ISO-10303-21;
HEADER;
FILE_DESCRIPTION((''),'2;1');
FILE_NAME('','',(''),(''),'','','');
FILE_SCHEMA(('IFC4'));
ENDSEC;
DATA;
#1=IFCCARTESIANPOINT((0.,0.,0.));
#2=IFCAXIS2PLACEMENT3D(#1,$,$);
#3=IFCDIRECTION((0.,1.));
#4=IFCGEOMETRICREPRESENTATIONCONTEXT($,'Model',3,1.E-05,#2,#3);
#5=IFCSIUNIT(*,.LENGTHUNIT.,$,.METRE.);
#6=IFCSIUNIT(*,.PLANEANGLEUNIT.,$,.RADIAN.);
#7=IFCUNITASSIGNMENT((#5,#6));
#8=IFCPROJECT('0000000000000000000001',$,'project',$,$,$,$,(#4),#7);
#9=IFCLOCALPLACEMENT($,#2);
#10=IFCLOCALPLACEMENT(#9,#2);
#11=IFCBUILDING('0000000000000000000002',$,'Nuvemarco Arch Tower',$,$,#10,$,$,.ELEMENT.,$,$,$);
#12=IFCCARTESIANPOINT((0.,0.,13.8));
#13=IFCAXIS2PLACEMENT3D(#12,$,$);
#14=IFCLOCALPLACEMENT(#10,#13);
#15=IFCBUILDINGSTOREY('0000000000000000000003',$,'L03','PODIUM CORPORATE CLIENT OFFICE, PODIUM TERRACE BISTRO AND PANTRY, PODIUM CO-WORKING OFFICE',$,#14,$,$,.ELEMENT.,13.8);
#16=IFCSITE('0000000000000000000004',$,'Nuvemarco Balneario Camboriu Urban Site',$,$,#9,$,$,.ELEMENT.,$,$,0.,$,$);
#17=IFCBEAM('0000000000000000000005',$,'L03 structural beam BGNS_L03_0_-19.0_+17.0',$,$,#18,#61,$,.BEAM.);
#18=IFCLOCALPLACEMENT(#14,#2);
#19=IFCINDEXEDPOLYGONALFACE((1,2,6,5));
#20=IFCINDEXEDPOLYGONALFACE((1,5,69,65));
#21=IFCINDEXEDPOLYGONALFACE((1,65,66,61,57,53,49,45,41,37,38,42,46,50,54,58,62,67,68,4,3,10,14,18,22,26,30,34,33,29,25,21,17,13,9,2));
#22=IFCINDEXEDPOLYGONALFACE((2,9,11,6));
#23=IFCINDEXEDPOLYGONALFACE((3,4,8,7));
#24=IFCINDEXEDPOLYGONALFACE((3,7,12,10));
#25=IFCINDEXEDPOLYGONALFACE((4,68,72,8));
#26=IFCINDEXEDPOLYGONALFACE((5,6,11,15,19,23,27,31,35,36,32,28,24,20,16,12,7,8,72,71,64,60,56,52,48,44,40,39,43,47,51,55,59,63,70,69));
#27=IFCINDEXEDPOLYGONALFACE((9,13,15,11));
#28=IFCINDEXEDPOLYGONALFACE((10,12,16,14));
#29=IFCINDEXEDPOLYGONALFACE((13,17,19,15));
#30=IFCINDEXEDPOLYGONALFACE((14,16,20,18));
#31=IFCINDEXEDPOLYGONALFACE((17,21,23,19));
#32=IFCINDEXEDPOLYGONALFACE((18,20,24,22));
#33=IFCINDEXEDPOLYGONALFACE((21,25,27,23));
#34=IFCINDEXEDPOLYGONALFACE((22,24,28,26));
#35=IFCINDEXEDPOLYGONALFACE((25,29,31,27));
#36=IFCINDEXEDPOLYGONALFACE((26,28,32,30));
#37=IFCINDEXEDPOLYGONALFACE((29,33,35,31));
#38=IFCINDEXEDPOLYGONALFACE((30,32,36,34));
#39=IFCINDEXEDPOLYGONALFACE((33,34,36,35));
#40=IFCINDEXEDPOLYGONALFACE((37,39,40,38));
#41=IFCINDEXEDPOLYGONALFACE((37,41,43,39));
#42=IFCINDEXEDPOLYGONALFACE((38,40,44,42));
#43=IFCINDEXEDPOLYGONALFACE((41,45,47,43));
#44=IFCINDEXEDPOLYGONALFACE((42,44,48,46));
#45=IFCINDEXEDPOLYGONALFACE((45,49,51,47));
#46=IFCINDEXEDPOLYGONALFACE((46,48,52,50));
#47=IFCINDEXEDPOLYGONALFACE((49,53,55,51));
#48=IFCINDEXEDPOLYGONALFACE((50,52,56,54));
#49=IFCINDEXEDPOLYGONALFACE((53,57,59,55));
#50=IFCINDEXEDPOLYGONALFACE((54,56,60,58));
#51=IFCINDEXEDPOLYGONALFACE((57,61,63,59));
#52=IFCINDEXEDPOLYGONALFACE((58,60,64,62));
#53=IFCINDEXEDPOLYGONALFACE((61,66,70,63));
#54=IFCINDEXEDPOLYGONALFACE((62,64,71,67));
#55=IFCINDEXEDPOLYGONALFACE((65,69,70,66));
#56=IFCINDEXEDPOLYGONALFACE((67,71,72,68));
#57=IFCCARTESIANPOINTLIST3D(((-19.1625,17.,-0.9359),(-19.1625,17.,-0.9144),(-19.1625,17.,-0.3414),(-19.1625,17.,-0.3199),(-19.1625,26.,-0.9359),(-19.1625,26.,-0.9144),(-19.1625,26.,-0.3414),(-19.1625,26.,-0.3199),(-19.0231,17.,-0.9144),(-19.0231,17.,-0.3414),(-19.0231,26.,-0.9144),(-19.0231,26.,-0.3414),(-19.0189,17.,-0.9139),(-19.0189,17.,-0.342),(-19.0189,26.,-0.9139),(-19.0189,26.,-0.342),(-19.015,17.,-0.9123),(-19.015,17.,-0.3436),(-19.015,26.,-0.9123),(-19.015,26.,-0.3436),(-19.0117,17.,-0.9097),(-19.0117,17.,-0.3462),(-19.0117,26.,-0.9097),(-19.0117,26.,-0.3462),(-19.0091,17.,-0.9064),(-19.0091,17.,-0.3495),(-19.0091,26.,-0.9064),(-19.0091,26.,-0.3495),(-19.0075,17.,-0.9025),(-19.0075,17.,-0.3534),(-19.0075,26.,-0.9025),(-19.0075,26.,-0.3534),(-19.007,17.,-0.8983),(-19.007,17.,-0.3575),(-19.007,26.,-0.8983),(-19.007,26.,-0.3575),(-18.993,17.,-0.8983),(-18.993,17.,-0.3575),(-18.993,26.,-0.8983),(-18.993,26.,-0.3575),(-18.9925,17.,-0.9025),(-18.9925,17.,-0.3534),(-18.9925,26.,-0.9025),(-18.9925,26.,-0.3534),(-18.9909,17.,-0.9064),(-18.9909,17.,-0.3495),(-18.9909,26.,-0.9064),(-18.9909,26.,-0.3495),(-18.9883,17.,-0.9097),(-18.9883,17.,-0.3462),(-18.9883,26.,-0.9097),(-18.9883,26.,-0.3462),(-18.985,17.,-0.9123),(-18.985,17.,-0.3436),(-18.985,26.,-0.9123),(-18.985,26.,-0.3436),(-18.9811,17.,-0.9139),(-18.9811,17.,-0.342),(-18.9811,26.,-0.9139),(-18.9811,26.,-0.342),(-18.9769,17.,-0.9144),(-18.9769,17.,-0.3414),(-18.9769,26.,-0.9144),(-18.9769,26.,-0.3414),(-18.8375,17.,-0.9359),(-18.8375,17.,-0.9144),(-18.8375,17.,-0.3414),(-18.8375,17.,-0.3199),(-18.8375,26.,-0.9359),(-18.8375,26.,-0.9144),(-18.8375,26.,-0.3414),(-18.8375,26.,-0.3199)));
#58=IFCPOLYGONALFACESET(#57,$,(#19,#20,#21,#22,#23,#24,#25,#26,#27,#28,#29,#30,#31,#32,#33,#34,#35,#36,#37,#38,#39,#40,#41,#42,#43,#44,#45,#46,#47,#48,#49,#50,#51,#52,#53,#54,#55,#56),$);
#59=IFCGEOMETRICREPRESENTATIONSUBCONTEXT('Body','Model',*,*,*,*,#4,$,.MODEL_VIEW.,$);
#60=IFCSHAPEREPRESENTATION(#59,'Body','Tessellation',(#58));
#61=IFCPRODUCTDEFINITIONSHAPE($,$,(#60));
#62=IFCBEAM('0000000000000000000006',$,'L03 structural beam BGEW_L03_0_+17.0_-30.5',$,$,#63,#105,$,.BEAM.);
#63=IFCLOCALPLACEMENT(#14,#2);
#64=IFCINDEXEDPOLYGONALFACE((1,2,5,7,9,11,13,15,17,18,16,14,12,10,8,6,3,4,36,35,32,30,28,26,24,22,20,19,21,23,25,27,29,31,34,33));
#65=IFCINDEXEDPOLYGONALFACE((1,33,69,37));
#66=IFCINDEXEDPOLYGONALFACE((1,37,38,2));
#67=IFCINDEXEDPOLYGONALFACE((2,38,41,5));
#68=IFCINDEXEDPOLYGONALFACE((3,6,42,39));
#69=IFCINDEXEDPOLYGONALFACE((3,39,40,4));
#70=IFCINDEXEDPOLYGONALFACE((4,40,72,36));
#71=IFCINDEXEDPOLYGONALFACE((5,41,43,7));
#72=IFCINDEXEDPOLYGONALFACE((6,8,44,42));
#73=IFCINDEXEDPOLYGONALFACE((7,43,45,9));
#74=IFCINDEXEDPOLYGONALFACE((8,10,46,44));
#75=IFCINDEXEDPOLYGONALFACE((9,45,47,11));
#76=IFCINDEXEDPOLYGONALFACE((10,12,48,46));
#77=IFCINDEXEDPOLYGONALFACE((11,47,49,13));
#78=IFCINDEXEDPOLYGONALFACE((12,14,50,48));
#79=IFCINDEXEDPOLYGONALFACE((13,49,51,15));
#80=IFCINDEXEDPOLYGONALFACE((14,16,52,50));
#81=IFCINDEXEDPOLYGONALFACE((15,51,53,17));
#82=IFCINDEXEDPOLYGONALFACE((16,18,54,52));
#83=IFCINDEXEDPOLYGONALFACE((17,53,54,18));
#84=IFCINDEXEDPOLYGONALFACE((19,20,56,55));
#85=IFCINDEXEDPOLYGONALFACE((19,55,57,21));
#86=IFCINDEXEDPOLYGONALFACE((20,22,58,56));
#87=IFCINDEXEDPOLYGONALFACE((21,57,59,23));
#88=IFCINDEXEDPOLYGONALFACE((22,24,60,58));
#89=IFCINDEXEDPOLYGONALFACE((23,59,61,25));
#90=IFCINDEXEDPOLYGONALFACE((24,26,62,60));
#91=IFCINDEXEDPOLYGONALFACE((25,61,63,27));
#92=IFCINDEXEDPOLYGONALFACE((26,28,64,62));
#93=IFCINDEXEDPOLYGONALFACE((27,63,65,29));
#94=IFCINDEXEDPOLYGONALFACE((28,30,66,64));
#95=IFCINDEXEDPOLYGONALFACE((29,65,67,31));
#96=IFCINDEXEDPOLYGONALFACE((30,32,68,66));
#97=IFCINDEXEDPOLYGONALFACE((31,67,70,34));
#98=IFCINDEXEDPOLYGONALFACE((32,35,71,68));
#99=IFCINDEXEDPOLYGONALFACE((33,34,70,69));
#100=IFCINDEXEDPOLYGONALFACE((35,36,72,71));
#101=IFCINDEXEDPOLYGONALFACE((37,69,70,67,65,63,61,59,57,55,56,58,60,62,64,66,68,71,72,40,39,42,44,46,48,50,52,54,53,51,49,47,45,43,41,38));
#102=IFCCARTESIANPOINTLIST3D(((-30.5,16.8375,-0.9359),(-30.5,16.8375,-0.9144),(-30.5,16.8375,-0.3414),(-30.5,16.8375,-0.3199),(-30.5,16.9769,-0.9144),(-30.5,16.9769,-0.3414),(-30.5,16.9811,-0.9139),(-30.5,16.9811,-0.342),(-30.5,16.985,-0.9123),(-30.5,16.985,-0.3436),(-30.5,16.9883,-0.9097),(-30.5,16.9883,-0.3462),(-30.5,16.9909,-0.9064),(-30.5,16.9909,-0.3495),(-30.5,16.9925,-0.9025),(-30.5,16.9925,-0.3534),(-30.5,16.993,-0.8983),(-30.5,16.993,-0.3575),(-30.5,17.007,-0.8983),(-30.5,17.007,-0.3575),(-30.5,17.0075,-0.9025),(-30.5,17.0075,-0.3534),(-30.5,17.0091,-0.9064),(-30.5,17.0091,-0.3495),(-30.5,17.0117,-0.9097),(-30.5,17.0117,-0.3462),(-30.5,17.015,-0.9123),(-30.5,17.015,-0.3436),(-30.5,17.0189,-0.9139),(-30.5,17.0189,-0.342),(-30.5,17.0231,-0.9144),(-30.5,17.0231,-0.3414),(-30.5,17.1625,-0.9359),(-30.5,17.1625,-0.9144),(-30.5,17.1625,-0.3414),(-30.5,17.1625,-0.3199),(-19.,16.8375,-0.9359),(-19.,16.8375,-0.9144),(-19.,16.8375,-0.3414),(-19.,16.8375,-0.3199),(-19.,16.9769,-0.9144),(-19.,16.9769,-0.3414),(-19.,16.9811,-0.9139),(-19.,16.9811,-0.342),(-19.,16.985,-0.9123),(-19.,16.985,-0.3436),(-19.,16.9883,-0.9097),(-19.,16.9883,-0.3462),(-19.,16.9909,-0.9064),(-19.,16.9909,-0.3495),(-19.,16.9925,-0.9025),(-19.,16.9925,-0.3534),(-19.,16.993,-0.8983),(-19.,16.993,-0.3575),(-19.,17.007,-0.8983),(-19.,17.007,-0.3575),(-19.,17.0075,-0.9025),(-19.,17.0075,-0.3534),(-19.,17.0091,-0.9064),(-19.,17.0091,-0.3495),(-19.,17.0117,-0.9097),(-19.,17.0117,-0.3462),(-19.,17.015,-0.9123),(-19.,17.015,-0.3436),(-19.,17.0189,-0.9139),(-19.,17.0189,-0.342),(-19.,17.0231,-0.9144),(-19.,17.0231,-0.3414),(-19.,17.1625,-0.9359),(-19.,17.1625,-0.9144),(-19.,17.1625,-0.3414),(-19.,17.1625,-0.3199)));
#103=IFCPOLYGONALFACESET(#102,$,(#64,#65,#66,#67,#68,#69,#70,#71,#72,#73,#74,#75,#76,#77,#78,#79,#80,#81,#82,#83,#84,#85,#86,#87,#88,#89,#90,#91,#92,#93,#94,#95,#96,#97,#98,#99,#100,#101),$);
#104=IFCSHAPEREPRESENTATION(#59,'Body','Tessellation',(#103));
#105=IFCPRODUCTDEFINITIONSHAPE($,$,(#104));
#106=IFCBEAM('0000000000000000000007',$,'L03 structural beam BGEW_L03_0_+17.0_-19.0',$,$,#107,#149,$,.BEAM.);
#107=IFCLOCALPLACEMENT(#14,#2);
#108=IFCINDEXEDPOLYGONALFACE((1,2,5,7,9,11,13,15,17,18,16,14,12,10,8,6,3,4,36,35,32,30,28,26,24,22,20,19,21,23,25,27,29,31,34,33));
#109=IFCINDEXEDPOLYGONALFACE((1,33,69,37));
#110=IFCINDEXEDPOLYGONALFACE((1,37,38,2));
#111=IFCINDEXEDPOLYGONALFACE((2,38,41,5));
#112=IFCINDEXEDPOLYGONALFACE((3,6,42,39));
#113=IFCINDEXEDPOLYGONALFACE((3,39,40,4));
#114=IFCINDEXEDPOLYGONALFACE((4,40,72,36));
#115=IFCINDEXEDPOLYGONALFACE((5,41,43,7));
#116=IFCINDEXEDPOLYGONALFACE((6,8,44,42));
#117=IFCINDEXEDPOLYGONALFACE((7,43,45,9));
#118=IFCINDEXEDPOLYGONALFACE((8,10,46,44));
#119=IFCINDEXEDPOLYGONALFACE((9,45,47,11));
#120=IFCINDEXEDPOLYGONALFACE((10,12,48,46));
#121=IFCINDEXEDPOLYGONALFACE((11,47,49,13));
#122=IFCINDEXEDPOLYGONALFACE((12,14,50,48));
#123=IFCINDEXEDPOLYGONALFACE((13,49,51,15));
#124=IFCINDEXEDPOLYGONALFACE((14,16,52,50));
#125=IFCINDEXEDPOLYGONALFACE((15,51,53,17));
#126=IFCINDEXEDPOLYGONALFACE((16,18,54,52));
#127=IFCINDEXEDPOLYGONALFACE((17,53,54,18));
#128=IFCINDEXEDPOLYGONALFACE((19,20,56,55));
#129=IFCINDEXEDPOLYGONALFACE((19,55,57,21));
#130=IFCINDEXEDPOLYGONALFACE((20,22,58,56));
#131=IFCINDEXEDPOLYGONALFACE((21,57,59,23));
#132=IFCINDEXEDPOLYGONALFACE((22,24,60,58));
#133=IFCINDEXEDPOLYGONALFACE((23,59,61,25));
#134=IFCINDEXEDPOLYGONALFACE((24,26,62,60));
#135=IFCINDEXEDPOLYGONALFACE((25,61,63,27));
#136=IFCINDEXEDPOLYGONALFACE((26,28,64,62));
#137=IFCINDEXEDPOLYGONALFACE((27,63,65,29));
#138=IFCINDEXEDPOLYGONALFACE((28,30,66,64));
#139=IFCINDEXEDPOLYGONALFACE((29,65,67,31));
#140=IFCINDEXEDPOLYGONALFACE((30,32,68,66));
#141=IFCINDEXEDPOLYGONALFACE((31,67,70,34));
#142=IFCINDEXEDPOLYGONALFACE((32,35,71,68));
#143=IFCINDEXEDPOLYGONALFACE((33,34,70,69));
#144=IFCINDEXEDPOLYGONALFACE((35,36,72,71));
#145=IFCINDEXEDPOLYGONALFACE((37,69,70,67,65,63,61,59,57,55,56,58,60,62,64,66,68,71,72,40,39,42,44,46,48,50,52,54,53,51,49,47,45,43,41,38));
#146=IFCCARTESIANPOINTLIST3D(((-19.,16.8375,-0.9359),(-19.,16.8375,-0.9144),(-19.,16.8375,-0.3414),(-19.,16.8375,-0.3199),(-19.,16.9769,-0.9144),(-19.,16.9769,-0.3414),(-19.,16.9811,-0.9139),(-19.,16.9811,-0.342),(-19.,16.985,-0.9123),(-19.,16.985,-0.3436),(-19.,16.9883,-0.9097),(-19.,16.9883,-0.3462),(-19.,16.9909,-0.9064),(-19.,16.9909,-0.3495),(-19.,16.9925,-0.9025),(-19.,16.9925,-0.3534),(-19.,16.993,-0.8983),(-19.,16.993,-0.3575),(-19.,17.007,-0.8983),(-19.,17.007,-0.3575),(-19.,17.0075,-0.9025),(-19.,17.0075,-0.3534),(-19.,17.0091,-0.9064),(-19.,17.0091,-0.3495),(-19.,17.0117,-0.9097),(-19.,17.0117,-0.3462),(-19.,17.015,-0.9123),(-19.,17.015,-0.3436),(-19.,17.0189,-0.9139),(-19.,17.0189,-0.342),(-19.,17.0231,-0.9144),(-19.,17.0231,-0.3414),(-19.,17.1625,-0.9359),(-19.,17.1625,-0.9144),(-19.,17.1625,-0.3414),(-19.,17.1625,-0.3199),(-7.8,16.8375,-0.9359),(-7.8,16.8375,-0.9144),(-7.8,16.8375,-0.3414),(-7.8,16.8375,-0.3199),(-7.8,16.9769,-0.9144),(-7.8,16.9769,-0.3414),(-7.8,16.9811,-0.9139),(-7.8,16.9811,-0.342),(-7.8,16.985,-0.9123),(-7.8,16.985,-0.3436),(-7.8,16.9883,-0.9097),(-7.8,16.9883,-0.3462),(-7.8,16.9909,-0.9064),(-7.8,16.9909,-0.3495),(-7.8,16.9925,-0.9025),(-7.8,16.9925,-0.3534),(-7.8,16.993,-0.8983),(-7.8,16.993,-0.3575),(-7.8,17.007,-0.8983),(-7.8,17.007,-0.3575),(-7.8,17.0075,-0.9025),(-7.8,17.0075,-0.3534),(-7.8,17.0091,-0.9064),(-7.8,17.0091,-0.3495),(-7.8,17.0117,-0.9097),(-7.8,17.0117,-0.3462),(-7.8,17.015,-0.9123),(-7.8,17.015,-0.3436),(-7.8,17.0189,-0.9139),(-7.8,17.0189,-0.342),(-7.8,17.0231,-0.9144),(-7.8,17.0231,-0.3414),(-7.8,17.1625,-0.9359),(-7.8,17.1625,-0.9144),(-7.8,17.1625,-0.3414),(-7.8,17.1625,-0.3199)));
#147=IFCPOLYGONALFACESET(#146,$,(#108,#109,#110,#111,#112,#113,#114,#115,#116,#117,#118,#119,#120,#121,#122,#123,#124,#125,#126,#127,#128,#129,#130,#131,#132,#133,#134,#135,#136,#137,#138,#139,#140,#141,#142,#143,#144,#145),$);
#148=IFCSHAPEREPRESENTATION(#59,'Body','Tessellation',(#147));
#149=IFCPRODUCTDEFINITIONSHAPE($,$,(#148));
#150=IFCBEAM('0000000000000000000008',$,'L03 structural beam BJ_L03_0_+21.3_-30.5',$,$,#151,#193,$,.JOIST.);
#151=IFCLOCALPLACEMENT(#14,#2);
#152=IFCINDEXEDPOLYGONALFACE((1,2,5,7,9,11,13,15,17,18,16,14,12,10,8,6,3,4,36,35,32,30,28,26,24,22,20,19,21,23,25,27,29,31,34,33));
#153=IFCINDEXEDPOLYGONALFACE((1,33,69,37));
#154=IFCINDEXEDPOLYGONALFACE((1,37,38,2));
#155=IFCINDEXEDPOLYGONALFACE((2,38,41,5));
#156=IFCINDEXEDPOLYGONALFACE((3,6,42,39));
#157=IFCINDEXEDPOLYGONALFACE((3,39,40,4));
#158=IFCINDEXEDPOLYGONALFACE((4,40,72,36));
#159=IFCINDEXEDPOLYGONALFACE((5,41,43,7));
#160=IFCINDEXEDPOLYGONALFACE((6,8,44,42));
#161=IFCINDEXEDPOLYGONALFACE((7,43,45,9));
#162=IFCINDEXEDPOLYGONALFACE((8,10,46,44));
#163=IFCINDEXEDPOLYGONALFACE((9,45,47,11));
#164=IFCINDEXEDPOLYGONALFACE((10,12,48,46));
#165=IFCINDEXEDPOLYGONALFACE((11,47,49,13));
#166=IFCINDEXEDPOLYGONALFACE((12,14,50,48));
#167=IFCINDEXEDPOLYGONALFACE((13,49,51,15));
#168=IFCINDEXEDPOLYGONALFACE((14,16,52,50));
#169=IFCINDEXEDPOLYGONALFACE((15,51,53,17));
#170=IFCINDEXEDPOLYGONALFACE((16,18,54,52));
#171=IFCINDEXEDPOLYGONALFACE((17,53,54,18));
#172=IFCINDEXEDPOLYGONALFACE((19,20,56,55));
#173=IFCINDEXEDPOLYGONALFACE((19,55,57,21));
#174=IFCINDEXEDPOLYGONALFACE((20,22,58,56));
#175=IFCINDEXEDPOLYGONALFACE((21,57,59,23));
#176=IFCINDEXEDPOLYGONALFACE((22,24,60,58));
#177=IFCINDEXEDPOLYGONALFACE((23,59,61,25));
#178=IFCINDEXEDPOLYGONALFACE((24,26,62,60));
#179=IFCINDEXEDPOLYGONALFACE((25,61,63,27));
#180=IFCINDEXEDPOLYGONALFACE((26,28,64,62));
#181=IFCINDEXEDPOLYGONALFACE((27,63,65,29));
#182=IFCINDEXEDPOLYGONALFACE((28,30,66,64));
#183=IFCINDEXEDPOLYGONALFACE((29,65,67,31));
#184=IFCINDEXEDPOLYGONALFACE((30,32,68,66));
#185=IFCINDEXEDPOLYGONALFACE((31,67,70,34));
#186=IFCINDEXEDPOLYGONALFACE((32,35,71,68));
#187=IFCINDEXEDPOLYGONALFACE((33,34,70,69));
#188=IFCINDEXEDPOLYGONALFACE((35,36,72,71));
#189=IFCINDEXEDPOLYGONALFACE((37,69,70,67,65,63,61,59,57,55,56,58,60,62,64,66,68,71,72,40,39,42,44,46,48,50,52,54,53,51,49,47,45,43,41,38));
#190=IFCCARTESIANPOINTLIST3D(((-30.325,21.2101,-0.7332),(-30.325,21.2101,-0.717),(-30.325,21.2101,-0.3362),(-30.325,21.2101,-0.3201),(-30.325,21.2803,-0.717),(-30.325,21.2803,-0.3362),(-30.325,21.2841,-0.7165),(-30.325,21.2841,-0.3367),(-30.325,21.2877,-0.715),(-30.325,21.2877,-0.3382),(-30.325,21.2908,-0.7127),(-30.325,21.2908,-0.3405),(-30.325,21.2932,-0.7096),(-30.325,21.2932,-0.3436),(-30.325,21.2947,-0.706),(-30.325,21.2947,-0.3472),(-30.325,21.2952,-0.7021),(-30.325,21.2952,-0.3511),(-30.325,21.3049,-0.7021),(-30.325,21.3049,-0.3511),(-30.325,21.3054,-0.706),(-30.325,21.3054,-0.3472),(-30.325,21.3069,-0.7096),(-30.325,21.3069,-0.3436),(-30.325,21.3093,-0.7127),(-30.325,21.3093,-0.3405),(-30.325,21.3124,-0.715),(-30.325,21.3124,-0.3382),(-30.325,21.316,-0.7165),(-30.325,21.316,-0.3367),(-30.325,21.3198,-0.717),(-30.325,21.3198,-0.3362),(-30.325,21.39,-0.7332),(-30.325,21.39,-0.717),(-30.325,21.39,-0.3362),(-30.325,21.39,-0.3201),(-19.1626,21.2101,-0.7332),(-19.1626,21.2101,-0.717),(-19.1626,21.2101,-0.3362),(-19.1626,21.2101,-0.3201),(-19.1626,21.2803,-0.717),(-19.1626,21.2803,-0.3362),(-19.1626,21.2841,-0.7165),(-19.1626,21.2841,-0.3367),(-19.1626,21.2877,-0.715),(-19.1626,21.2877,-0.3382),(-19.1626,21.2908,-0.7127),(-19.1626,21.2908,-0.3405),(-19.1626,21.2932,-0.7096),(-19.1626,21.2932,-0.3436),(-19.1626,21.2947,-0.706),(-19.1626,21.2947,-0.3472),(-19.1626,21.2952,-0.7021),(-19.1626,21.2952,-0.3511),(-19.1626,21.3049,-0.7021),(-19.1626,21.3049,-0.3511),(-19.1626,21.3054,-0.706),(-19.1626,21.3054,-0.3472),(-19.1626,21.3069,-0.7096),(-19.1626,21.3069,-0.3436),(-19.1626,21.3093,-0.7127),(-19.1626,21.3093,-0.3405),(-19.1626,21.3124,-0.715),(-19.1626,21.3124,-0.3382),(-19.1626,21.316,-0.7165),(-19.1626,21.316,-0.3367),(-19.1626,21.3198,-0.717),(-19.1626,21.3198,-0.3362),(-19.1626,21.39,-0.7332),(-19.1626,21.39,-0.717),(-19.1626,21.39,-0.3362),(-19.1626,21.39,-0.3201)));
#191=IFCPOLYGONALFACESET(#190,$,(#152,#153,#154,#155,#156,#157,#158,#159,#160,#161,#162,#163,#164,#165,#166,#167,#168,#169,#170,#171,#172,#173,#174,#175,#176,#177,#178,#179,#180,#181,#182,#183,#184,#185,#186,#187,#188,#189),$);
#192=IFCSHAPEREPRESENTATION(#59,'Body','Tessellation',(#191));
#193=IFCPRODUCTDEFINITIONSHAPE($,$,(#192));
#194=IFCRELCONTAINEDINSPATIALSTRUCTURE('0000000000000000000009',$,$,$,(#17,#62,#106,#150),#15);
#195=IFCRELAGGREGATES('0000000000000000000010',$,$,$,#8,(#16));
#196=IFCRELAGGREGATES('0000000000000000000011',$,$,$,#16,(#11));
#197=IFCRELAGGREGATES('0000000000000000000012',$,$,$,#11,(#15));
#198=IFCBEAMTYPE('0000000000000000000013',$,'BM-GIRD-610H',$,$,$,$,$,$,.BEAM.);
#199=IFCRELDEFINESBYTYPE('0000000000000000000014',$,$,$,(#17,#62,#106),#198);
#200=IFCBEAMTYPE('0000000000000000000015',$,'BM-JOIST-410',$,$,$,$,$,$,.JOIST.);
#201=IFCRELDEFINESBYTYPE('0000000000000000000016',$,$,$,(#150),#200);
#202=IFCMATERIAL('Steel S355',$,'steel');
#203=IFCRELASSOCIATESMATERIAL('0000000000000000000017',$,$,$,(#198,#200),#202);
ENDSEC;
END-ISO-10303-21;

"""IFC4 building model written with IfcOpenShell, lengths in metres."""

from ifc_helpers import new_model, si_unit, direction, frame, origin, origin_2d, place, context, subcontext, project, spatial, i_section, extrude, material, material_profile, profile_set, type_object, element, save


model = new_model("IFC4")

# Units and contexts
model_context = context("Model", 3, precision=1e-05, world=origin(), true_north=direction((0.0, 1.0)))
body_context = subcontext(model_context, "Body", "Model", "MODEL_VIEW")
ifc_project = project(units=[si_unit("LENGTHUNIT", "METRE"), si_unit("PLANEANGLEUNIT", "RADIAN")], contexts=[model_context])

# Site, building, storey
site_placement = place(None, origin())
site = spatial("IfcSite", under=ifc_project, at=site_placement, Name="Nuvemarco Balneario Camboriu Urban Site", CompositionType="ELEMENT", RefElevation=0.0)
building_placement = place(site_placement, origin())
building = spatial("IfcBuilding", under=site, at=building_placement, Name="Nuvemarco Arch Tower", CompositionType="ELEMENT")
storey_placement = place(building_placement, frame((0.0, 0.0, 13.8)))
storey = spatial("IfcBuildingStorey", under=building, at=storey_placement, Name="L03", Description="PODIUM CORPORATE CLIENT OFFICE, PODIUM TERRACE BISTRO AND PANTRY, PODIUM CO-WORKING OFFICE", CompositionType="ELEMENT", Elevation=13.8)

# Beams
ifc_material_1 = material(Name="Steel S355", Category="steel")
ifc_material_profile_1 = material_profile(ifc_material_1, i_section(OverallWidth=0.325, OverallDepth=0.616, WebThickness=0.0139, FlangeThickness=0.0215, FilletRadius=0.0161, at=origin_2d()), Name="W610x174")
ifc_profile_set_1 = profile_set([ifc_material_profile_1], Name="Steel S355")
beam_type_1 = type_object("IfcBeamType", Name="BM-GIRD-610H", PredefinedType="BEAM", material=ifc_profile_set_1)
beam_1_placement = place(storey_placement, frame((-19.0, 17.0, -0.6279), z_axis=(0.0, 1.0, 0.0), x_axis=(-1.0, 0.0, 0.0)))
element("IfcBeam", 1, at=beam_1_placement, inside=storey, type_object=beam_type_1, Name="L03 structural beam BGNS_L03_0_-19.0_+17.0", PredefinedType="BEAM", context=body_context, shape_type="SweptSolid", body=[
    extrude(i_section(OverallWidth=0.325, OverallDepth=0.616, WebThickness=0.0139, FlangeThickness=0.0215, FilletRadius=0.0161, at=origin_2d()), origin(), (0.0, 0.0, 1.0), 9.0),
])
beam_2_placement = place(storey_placement, frame((-30.5, 17.0, -0.6279), z_axis=(1.0, 0.0, 0.0), x_axis=(0.0, 1.0, 0.0)))
element("IfcBeam", 2, at=beam_2_placement, inside=storey, type_object=beam_type_1, Name="L03 structural beam BGEW_L03_0_+17.0_-30.5", PredefinedType="BEAM", context=body_context, shape_type="SweptSolid", body=[
    extrude(i_section(OverallWidth=0.325, OverallDepth=0.616, WebThickness=0.0139, FlangeThickness=0.0215, FilletRadius=0.0161, at=origin_2d()), origin(), (0.0, 0.0, 1.0), 11.5),
])
beam_3_placement = place(storey_placement, frame((-19.0, 17.0, -0.6279), z_axis=(1.0, 0.0, 0.0), x_axis=(0.0, 1.0, 0.0)))
element("IfcBeam", 3, at=beam_3_placement, inside=storey, type_object=beam_type_1, Name="L03 structural beam BGEW_L03_0_+17.0_-19.0", PredefinedType="BEAM", context=body_context, shape_type="SweptSolid", body=[
    extrude(i_section(OverallWidth=0.325, OverallDepth=0.616, WebThickness=0.0139, FlangeThickness=0.0215, FilletRadius=0.0161, at=origin_2d()), origin(), (0.0, 0.0, 1.0), 11.2),
])
ifc_material_profile_2 = material_profile(ifc_material_1, i_section(OverallWidth=0.1799, OverallDepth=0.4131, WebThickness=0.0098, FlangeThickness=0.0161, FilletRadius=0.0149, at=origin_2d()), Name="W410x75")
ifc_profile_set_2 = profile_set([ifc_material_profile_2], Name="Steel S355")
beam_type_2 = type_object("IfcBeamType", Name="BM-JOIST-410", PredefinedType="JOIST", material=ifc_profile_set_2)
beam_4_placement = place(storey_placement, frame((-30.325, 21.3, -0.5266), z_axis=(1.0, 0.0, 0.0), x_axis=(0.0, 1.0, 0.0)))
element("IfcBeam", 4, at=beam_4_placement, inside=storey, type_object=beam_type_2, Name="L03 structural beam BJ_L03_0_+21.3_-30.5", PredefinedType="JOIST", context=body_context, shape_type="SweptSolid", body=[
    extrude(i_section(OverallWidth=0.1799, OverallDepth=0.4131, WebThickness=0.0098, FlangeThickness=0.0161, FilletRadius=0.0149, at=origin_2d()), origin(), (0.0, 0.0, 1.0), 11.1624),
])

save(model, "model.ifc")
